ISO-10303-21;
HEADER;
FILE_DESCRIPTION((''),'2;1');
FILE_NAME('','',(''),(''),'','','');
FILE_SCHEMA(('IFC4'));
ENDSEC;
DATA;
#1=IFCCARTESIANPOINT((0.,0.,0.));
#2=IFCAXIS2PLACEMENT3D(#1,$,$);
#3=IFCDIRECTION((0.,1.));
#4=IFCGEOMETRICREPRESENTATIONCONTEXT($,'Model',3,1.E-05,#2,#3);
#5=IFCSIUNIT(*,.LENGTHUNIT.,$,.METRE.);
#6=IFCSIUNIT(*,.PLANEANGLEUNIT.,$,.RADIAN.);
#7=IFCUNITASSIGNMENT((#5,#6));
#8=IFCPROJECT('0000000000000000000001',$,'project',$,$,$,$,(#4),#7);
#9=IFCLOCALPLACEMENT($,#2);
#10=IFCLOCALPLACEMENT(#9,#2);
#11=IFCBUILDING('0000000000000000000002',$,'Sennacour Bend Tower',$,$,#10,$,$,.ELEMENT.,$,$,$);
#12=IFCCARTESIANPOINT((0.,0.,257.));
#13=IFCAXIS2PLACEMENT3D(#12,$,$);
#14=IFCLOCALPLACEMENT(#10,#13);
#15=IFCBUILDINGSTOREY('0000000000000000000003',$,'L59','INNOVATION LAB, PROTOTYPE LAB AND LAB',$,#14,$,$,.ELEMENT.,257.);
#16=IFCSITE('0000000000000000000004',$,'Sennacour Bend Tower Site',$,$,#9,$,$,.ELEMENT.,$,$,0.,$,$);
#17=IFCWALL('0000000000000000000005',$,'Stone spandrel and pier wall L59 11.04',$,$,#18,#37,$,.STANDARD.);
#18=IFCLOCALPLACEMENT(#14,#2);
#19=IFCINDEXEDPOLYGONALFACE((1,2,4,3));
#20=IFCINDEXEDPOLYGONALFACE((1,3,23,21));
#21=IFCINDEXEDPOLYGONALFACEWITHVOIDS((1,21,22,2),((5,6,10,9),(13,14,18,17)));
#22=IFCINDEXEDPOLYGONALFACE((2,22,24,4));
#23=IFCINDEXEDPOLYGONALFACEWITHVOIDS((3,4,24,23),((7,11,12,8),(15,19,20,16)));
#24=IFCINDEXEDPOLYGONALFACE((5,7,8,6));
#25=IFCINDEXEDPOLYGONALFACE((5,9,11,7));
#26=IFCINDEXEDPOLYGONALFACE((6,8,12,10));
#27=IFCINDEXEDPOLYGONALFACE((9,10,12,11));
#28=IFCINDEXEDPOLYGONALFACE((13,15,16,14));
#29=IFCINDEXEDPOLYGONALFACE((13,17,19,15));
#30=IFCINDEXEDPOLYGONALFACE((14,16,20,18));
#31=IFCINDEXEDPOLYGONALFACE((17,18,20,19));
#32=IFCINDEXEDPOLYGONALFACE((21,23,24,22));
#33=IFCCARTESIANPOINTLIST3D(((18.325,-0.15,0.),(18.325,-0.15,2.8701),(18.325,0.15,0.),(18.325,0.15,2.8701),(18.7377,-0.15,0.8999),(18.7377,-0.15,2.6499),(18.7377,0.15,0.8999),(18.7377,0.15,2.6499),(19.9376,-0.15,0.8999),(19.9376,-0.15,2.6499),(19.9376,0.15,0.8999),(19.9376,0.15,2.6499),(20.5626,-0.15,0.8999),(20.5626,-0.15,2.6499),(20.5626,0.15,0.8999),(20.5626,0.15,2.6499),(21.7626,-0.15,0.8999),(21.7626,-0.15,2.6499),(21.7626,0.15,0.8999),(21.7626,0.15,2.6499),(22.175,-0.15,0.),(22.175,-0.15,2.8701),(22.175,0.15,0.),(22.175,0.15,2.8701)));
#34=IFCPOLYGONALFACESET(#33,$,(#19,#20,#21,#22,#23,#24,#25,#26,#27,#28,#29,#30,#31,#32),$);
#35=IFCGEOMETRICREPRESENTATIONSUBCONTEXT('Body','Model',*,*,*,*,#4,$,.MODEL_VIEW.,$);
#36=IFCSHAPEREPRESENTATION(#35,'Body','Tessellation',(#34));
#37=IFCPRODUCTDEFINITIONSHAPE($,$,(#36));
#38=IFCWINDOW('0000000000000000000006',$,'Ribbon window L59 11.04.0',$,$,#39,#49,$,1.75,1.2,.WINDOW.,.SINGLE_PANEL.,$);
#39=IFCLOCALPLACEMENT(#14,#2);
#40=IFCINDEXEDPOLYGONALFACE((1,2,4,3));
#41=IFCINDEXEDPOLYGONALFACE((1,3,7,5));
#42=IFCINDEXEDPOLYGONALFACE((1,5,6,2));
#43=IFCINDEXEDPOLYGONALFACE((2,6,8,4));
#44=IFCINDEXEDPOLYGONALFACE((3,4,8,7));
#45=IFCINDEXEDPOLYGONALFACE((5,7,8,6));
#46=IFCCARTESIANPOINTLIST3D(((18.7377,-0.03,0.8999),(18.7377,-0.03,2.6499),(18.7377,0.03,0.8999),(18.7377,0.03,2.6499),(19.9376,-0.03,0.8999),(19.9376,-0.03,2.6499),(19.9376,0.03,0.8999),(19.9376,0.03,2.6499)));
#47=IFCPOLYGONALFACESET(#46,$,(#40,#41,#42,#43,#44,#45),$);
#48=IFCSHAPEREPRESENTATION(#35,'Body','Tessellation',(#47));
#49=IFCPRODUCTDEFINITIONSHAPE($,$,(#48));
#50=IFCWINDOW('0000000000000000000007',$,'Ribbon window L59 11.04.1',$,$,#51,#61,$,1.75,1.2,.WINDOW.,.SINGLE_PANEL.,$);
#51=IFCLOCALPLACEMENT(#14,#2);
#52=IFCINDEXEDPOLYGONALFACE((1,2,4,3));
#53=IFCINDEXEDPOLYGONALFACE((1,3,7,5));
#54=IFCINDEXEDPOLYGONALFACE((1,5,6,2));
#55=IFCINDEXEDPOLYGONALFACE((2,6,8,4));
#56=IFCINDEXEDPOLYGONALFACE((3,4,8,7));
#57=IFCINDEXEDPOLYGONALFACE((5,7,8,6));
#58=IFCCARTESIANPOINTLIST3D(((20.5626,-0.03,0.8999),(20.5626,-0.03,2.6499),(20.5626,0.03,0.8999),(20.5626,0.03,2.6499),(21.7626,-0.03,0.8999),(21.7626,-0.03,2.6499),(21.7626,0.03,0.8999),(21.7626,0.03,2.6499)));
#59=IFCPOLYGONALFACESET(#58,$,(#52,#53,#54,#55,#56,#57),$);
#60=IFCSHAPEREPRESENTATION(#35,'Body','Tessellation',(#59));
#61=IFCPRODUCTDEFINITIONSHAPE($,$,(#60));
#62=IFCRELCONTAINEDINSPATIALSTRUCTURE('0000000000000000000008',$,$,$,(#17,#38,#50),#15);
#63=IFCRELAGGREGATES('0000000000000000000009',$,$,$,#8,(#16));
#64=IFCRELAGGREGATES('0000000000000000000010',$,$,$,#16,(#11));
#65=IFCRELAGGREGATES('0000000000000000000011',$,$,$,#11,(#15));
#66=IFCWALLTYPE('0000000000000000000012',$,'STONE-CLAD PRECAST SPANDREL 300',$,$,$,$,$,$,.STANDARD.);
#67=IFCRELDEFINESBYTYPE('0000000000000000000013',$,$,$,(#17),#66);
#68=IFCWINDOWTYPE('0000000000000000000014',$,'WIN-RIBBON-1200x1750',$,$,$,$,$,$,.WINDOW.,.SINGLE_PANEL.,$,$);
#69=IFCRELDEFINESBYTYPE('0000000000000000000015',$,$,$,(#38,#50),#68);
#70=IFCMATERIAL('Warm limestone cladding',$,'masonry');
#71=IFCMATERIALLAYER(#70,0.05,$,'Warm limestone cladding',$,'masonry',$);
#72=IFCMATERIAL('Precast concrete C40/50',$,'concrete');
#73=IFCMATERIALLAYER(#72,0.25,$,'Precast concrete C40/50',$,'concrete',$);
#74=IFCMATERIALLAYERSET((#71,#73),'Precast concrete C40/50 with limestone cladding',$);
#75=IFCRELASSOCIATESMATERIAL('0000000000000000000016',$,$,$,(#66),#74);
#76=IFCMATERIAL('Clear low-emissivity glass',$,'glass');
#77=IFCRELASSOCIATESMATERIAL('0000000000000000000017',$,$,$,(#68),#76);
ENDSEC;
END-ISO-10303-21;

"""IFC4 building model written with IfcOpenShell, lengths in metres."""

from ifc_helpers import new_model, si_unit, direction, frame, frame_2d, origin, place, context, subcontext, project, spatial, rectangle, extrude, material, layer, layer_set, type_object, element, fill, save


model = new_model("IFC4")

# Units and contexts
model_context = context("Model", 3, precision=1e-05, world=origin(), true_north=direction((0.0, 1.0)))
body_context = subcontext(model_context, "Body", "Model", "MODEL_VIEW")
ifc_project = project(units=[si_unit("LENGTHUNIT", "METRE"), si_unit("PLANEANGLEUNIT", "RADIAN")], contexts=[model_context])

# Site, building, storey
site_placement = place(None, origin())
site = spatial("IfcSite", under=ifc_project, at=site_placement, Name="Sennacour Bend Tower Site", CompositionType="ELEMENT", RefElevation=0.0)
building_placement = place(site_placement, origin())
building = spatial("IfcBuilding", under=site, at=building_placement, Name="Sennacour Bend Tower", CompositionType="ELEMENT")
storey_placement = place(building_placement, frame((0.0, 0.0, 257.0)))
storey = spatial("IfcBuildingStorey", under=building, at=storey_placement, Name="L59", Description="INNOVATION LAB, PROTOTYPE LAB AND LAB", CompositionType="ELEMENT", Elevation=257.0)

# Wall, openings, windows
ifc_material_1 = material(Name="Warm limestone cladding", Category="masonry")
ifc_layer_1 = layer(ifc_material_1, 0.05, Name="Warm limestone cladding", Category="masonry")
ifc_material_2 = material(Name="Precast concrete C40/50", Category="concrete")
ifc_layer_2 = layer(ifc_material_2, 0.25, Name="Precast concrete C40/50", Category="concrete")
ifc_layer_set_1 = layer_set([ifc_layer_1, ifc_layer_2], Name="Precast concrete C40/50 with limestone cladding")
wall_type_1 = type_object("IfcWallType", Name="STONE-CLAD PRECAST SPANDREL 300", PredefinedType="STANDARD", material=ifc_layer_set_1)
ifc_material_3 = material(Name="Clear low-emissivity glass", Category="glass")
window_type = type_object("IfcWindowType", Name="WIN-RIBBON-1200x1750", PartitioningType="SINGLE_PANEL", PredefinedType="WINDOW", material=ifc_material_3)
wall_1_placement = place(storey_placement, frame((18.325, 0.0, 0.0), z_axis=(0.0, 0.0, 1.0), x_axis=(1.0, 0.0, 0.0)))
wall_1 = element("IfcWall", 1, at=wall_1_placement, inside=storey, type_object=wall_type_1, Name="Stone spandrel and pier wall L59 11.04", PredefinedType="STANDARD", context=body_context, shape_type="SweptSolid", body=[
    extrude(rectangle(XDim=3.8501, YDim=0.3, at=frame_2d((1.925, 0.0))), origin(), (0.0, 0.0, 1.0), 2.8701),
])
opening_1_placement = place(wall_1_placement, frame((0.4126, 0.0, 0.8999)))
opening_1 = element("IfcOpeningElement", 2, at=opening_1_placement, cuts=wall_1, PredefinedType="OPENING", context=body_context, shape_type="SweptSolid", body=[
    extrude(rectangle(XDim=1.2, YDim=1.75, at=frame_2d((0.6001, 0.875))), frame((0.0, 0.1602, 0.0), z_axis=(0.0, -1.0, 0.0), x_axis=(1.0, 0.0, 0.0)), (0.0, 0.0, 1.0), 0.3201),
])
opening_2_placement = place(wall_1_placement, frame((2.2375, 0.0, 0.8999)))
opening_2 = element("IfcOpeningElement", 3, at=opening_2_placement, cuts=wall_1, PredefinedType="OPENING", context=body_context, shape_type="SweptSolid", body=[
    extrude(rectangle(XDim=1.2, YDim=1.75, at=frame_2d((0.6001, 0.875))), frame((0.0, 0.1602, 0.0), z_axis=(0.0, -1.0, 0.0), x_axis=(1.0, 0.0, 0.0)), (0.0, 0.0, 1.0), 0.3201),
])
window_1_placement = place(opening_1_placement, origin())
window_1 = element("IfcWindow", 4, at=window_1_placement, inside=storey, type_object=window_type, Name="Ribbon window L59 11.04.0", OverallHeight=1.75, OverallWidth=1.2, PartitioningType="SINGLE_PANEL", PredefinedType="WINDOW", context=body_context, shape_type="SweptSolid", body=[
    extrude(rectangle(XDim=1.2, YDim=1.75, at=frame_2d((0.6001, 0.875))), frame((0.0, 0.03, 0.0), z_axis=(0.0, -1.0, 0.0), x_axis=(1.0, 0.0, 0.0)), (0.0, 0.0, 1.0), 0.0601),
])
fill(opening_1, window_1)
window_2_placement = place(opening_2_placement, origin())
window_2 = element("IfcWindow", 5, at=window_2_placement, inside=storey, type_object=window_type, Name="Ribbon window L59 11.04.1", OverallHeight=1.75, OverallWidth=1.2, PartitioningType="SINGLE_PANEL", PredefinedType="WINDOW", context=body_context, shape_type="SweptSolid", body=[
    extrude(rectangle(XDim=1.2, YDim=1.75, at=frame_2d((0.6001, 0.875))), frame((0.0, 0.03, 0.0), z_axis=(0.0, -1.0, 0.0), x_axis=(1.0, 0.0, 0.0)), (0.0, 0.0, 1.0), 0.0601),
])
fill(opening_2, window_2)

save(model, "model.ifc")
